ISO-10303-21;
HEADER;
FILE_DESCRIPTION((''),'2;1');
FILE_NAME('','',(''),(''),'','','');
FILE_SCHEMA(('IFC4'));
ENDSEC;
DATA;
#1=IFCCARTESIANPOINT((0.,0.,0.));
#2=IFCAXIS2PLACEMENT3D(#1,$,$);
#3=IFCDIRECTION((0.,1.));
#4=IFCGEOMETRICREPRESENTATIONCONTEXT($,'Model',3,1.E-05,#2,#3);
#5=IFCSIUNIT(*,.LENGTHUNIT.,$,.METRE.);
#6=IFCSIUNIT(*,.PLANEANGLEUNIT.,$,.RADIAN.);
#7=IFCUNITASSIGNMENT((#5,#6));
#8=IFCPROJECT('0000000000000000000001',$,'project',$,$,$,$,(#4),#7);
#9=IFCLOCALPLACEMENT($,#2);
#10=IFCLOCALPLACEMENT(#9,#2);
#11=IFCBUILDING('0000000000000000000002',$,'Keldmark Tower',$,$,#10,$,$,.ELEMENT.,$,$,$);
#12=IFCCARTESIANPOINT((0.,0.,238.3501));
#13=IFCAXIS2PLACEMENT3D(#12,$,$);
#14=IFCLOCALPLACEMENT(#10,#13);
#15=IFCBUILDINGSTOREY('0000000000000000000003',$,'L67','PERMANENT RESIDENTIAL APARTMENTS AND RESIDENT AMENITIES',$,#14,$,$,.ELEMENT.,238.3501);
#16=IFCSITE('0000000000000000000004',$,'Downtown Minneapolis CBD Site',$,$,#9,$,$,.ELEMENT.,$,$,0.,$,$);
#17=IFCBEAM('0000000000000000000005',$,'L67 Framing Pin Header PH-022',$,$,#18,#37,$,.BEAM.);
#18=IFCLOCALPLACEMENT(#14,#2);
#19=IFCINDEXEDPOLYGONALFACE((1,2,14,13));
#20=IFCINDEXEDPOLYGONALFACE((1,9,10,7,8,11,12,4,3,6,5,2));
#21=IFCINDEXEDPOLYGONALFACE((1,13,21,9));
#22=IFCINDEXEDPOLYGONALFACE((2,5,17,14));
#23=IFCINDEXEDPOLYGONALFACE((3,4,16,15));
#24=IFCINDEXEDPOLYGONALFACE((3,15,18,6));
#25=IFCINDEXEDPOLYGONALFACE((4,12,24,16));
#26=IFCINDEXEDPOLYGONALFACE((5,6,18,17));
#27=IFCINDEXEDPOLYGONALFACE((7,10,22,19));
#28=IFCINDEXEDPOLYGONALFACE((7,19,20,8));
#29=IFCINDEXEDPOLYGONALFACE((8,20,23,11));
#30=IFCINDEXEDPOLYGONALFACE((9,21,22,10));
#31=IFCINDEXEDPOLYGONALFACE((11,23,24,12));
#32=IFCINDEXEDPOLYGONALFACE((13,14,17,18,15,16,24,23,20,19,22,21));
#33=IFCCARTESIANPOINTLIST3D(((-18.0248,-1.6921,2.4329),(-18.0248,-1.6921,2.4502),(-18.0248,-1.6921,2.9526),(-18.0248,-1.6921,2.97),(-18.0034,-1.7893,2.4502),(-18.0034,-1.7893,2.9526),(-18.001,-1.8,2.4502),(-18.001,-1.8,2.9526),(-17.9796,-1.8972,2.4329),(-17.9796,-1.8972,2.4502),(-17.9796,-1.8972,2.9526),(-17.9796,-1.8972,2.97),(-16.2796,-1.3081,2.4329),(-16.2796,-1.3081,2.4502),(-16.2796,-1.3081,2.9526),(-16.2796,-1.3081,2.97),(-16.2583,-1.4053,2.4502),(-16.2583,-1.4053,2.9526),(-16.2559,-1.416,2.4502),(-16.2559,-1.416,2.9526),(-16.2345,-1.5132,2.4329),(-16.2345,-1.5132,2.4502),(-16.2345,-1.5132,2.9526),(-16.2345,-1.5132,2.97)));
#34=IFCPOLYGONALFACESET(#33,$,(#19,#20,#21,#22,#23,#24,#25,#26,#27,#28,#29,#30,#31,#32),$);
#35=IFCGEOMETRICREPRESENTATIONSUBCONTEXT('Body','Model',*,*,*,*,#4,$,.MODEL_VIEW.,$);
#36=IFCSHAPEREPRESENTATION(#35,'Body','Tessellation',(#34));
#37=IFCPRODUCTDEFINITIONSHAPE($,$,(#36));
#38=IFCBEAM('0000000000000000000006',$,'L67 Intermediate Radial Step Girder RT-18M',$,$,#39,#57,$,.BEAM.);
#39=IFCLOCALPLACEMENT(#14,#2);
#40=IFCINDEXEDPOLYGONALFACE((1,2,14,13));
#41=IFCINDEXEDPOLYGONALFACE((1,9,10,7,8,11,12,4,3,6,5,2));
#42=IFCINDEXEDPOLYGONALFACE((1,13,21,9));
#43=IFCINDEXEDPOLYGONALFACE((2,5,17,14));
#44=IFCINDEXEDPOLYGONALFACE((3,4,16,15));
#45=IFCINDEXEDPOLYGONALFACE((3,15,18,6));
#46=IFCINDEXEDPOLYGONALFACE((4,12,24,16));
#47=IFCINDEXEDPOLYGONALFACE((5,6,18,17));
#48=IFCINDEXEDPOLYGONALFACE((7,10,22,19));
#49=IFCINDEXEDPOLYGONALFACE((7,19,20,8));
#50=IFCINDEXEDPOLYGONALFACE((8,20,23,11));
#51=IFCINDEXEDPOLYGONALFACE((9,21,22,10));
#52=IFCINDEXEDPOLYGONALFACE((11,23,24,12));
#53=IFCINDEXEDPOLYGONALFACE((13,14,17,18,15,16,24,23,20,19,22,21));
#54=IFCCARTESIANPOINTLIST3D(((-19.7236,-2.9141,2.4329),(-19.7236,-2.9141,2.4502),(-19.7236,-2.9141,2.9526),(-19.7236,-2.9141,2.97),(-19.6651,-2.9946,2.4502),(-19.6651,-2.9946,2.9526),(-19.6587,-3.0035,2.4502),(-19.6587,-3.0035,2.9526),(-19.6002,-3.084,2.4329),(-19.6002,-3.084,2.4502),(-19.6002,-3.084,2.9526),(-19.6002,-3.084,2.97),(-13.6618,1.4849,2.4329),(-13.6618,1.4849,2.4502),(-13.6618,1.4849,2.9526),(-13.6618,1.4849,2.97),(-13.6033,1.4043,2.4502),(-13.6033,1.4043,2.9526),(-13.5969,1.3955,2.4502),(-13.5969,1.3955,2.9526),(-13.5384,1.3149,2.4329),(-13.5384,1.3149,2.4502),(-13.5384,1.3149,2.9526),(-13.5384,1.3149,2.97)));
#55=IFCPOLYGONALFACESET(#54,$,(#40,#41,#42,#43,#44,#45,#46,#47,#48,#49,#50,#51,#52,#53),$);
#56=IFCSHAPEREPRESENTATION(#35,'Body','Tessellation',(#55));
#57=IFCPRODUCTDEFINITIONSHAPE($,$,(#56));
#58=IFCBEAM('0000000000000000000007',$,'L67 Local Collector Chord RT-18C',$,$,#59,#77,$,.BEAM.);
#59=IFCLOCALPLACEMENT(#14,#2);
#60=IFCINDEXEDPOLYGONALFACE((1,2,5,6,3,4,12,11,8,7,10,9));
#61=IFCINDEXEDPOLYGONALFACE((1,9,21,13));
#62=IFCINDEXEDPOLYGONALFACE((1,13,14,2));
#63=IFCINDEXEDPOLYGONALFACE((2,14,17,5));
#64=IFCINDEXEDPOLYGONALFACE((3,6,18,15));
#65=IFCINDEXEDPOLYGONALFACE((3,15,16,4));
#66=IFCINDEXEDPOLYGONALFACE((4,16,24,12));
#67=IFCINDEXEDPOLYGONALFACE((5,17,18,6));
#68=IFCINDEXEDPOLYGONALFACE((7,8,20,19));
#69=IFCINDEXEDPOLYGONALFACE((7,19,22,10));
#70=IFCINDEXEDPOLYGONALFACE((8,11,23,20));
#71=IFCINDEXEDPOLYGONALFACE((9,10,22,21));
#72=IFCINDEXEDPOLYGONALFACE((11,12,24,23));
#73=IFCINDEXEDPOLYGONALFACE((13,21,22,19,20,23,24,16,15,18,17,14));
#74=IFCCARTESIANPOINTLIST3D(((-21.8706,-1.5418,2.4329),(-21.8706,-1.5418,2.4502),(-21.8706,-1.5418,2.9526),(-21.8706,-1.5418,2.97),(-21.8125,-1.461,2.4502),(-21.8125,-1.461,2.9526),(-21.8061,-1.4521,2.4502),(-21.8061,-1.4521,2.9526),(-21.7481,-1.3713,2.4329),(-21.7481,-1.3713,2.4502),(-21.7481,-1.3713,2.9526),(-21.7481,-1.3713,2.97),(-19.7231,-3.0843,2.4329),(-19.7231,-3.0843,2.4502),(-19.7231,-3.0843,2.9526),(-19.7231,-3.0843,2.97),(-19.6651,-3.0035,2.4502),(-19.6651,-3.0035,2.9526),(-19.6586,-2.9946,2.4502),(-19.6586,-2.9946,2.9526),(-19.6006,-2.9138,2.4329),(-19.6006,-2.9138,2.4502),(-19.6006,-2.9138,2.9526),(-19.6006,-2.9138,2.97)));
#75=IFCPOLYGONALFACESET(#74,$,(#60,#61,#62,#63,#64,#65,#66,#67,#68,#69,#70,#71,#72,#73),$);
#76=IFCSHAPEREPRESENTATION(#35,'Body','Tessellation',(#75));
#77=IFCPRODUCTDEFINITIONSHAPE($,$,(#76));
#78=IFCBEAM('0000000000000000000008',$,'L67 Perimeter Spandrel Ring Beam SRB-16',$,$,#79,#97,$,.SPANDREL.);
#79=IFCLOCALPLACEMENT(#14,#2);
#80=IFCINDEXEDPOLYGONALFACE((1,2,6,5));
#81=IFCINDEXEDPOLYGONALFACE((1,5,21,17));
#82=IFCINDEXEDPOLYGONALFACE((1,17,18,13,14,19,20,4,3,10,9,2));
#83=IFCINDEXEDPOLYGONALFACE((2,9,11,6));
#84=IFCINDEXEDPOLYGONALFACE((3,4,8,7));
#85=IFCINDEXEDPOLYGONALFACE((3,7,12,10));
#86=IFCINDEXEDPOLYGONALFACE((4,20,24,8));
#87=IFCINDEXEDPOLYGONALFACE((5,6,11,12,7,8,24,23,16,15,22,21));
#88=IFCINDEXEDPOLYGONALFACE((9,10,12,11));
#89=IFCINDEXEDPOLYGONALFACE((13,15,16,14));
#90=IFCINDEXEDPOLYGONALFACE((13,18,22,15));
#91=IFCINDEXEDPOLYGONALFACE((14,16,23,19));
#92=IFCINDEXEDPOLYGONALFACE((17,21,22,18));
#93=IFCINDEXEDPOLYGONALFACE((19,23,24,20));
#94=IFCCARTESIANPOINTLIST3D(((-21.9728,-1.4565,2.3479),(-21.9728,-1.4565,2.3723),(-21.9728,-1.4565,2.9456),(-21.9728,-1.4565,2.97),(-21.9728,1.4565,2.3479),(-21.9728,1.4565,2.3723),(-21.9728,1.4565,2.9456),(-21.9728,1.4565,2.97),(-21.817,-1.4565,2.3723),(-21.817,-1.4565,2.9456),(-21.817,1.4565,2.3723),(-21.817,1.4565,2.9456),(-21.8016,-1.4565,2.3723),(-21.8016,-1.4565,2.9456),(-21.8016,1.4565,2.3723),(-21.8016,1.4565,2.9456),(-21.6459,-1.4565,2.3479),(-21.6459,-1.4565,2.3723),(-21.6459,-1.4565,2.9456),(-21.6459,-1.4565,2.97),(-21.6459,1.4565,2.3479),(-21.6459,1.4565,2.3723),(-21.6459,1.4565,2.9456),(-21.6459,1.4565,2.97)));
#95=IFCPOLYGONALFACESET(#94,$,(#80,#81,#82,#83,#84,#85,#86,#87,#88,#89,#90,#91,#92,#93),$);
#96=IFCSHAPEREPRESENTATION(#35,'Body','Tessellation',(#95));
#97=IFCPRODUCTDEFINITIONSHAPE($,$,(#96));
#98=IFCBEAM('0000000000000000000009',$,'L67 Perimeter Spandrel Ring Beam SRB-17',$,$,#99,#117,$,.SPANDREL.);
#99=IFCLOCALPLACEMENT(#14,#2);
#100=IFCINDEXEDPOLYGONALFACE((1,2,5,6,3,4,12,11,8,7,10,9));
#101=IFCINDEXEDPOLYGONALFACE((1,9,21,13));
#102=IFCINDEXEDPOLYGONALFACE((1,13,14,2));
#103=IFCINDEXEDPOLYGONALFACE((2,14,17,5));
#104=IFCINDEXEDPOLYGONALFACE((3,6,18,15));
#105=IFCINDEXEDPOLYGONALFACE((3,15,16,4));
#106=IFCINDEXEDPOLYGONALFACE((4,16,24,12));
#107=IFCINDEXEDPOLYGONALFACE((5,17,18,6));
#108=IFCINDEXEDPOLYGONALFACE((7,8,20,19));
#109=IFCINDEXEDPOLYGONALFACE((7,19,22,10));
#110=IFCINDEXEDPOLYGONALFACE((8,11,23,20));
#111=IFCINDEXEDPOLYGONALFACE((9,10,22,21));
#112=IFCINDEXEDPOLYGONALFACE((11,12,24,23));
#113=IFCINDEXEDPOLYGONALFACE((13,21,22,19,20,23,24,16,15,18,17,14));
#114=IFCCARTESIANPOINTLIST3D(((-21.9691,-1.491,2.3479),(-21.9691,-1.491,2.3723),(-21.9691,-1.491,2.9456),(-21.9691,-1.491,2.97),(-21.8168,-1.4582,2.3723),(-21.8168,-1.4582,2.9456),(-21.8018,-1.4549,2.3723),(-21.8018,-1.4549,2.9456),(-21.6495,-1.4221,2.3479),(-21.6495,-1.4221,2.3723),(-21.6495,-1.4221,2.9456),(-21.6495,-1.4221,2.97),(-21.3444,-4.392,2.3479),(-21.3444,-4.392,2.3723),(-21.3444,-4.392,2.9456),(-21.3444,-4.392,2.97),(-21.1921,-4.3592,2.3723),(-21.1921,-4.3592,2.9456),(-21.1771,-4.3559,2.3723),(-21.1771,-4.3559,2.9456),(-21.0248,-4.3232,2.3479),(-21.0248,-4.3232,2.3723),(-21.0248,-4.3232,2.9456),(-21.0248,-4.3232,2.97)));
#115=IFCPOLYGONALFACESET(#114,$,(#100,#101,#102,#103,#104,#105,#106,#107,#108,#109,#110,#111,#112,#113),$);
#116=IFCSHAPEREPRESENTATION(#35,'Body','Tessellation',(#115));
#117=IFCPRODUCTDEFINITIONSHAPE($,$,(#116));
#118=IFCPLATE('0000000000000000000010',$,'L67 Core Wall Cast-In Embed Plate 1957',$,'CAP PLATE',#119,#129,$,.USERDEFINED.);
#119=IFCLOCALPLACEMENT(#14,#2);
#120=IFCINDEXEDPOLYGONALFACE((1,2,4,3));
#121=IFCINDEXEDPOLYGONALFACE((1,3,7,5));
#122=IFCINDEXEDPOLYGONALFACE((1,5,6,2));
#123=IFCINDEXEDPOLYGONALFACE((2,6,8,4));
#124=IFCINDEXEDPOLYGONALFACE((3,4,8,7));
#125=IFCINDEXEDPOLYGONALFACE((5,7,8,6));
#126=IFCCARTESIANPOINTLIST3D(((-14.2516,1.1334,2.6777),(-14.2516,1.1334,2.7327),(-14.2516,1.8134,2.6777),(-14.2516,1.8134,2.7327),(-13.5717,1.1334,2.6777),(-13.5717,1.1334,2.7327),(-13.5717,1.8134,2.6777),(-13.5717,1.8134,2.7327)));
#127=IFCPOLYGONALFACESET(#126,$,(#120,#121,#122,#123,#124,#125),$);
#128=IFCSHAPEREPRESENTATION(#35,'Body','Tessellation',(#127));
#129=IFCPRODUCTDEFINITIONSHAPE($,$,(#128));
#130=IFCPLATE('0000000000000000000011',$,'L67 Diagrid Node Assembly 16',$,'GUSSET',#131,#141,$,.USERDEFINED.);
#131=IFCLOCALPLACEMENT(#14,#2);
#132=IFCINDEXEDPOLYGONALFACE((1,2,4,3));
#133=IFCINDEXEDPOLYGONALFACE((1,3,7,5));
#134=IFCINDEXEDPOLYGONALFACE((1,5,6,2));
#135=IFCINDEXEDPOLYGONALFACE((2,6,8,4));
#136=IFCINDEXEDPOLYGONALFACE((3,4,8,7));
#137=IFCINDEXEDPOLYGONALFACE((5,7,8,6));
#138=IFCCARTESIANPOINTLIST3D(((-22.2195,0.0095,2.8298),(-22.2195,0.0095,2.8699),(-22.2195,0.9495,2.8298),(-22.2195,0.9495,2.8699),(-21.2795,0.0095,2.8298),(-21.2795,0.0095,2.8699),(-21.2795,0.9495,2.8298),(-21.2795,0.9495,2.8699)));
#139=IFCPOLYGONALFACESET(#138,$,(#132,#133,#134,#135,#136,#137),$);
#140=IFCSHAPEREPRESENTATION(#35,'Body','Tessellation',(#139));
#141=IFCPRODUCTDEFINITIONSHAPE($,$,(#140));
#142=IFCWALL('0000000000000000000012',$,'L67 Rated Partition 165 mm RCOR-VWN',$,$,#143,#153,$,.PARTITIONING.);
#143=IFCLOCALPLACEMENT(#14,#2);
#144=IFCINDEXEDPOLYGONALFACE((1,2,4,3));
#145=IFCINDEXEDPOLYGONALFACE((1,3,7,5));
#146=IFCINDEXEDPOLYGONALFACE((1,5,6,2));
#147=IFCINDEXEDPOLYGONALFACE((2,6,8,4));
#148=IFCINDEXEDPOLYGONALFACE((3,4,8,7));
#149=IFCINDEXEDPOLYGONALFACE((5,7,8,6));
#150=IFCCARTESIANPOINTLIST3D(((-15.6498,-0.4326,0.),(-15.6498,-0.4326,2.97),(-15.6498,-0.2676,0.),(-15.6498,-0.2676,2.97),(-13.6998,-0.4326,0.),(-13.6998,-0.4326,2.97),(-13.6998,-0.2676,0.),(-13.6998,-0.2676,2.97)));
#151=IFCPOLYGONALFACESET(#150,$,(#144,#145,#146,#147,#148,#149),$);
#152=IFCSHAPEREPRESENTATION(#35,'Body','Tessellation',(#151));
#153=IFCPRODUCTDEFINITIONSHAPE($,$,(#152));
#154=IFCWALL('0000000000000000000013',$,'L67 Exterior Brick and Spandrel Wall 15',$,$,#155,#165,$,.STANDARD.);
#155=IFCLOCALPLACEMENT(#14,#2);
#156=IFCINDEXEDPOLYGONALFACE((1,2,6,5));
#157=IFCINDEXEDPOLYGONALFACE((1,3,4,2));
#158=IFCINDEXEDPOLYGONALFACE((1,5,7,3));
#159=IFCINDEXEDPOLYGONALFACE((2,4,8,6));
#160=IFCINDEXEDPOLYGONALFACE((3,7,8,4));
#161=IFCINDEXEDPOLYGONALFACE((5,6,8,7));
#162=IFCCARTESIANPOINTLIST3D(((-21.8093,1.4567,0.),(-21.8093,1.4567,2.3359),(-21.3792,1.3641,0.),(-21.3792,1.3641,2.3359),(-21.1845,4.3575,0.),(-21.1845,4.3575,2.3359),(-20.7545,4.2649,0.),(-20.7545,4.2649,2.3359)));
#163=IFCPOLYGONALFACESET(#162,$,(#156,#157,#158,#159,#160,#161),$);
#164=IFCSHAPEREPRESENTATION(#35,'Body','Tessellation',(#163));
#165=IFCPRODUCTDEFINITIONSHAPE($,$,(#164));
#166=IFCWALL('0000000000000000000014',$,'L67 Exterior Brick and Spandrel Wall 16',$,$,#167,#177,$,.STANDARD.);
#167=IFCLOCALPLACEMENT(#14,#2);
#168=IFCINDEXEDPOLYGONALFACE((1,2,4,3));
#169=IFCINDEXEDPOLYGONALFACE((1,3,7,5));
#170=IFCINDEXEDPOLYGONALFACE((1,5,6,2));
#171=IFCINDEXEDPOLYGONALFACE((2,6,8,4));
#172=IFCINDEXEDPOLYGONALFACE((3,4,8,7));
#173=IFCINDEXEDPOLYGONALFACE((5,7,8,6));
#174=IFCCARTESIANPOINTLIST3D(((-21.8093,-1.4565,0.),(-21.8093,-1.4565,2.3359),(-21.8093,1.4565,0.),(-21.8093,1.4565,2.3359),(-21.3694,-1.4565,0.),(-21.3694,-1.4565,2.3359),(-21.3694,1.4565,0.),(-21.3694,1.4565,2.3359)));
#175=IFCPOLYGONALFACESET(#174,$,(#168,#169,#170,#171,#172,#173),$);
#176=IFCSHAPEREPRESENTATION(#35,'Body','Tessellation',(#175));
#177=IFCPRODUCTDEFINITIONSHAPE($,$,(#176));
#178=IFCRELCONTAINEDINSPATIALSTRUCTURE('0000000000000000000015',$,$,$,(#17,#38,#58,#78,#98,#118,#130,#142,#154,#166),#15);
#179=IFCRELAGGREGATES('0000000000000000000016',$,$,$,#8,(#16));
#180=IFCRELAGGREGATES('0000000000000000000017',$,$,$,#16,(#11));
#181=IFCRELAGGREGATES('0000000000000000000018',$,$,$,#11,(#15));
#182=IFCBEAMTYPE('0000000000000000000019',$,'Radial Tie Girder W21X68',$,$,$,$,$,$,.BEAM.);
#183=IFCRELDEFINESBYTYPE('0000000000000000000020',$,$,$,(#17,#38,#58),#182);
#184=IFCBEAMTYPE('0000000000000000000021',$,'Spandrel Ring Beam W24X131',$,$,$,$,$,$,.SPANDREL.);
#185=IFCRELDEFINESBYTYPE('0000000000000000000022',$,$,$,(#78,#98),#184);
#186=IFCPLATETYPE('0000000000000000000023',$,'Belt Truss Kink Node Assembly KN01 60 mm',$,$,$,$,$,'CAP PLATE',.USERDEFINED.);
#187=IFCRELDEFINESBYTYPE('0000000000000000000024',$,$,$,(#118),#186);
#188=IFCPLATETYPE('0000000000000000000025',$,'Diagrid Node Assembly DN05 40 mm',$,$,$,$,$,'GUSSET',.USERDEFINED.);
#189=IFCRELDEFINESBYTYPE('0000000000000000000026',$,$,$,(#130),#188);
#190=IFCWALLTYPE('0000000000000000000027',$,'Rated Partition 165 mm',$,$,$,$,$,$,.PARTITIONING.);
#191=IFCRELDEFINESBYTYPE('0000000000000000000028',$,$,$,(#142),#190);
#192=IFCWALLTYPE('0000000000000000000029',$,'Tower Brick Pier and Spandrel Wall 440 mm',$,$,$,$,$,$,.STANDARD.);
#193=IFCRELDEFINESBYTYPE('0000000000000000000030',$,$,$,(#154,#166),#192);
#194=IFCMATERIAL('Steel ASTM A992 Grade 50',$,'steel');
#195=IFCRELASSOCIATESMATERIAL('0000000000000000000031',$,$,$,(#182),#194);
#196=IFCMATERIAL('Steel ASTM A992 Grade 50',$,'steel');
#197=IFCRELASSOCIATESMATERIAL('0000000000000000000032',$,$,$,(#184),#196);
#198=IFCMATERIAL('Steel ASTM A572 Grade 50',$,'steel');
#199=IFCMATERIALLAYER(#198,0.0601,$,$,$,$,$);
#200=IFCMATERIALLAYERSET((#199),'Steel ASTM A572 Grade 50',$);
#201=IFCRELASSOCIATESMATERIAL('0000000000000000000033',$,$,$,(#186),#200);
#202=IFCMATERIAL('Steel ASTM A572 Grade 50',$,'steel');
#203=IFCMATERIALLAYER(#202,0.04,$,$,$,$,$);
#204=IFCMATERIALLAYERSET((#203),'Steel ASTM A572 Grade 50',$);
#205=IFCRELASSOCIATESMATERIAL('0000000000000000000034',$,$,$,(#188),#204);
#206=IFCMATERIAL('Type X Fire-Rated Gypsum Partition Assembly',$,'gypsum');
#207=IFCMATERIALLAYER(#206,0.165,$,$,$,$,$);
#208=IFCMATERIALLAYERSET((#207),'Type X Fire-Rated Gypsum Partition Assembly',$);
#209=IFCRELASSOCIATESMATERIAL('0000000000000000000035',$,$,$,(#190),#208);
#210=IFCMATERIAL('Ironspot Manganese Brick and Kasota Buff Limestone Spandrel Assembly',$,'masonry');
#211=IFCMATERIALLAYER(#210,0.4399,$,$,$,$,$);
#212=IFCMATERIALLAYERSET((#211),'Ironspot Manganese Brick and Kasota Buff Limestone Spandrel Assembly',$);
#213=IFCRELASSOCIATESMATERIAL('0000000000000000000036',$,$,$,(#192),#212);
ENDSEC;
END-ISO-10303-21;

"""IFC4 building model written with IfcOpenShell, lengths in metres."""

from ifc_helpers import new_model, si_unit, direction, frame, frame_2d, origin, origin_2d, place, context, subcontext, project, spatial, rectangle, i_section, extrude, material, layer, layer_set, material_profile, profile_set, type_object, element, save


model = new_model("IFC4")

# Units and contexts
model_context = context("Model", 3, precision=1e-05, world=origin(), true_north=direction((0.0, 1.0)))
body_context = subcontext(model_context, "Body", "Model", "MODEL_VIEW")
ifc_project = project(units=[si_unit("LENGTHUNIT", "METRE"), si_unit("PLANEANGLEUNIT", "RADIAN")], contexts=[model_context])

# Site, building, storey
site_placement = place(None, origin())
site = spatial("IfcSite", under=ifc_project, at=site_placement, Name="Downtown Minneapolis CBD Site", CompositionType="ELEMENT", RefElevation=0.0)
building_placement = place(site_placement, origin())
building = spatial("IfcBuilding", under=site, at=building_placement, Name="Keldmark Tower", CompositionType="ELEMENT")
storey_placement = place(building_placement, frame((0.0, 0.0, 238.3501)))
storey = spatial("IfcBuildingStorey", under=building, at=storey_placement, Name="L67", Description="PERMANENT RESIDENTIAL APARTMENTS AND RESIDENT AMENITIES", CompositionType="ELEMENT", Elevation=238.3501)

# Beams
ifc_material_1 = material(Name="Steel ASTM A992 Grade 50", Category="steel")
ifc_material_profile_1 = material_profile(ifc_material_1, i_section(OverallWidth=0.21, OverallDepth=0.5371, WebThickness=0.011, FlangeThickness=0.0173, at=origin_2d()), Name="W21X68")
ifc_profile_set_1 = profile_set([ifc_material_profile_1], Name="Steel ASTM A992 Grade 50")
beam_type_1 = type_object("IfcBeamType", Name="Radial Tie Girder W21X68", PredefinedType="BEAM", material=ifc_profile_set_1)
beam_1_placement = place(storey_placement, frame((-16.2571, -1.4106, 2.7014), z_axis=(-0.976632, -0.214919, 0.0), x_axis=(0.214919, -0.976632, 0.0)))
element("IfcBeam", 1, at=beam_1_placement, inside=storey, type_object=beam_type_1, Name="L67 Framing Pin Header PH-022", PredefinedType="BEAM", context=body_context, shape_type="SweptSolid", body=[
    extrude(i_section(OverallWidth=0.21, OverallDepth=0.5371, WebThickness=0.011, FlangeThickness=0.0173, at=origin_2d()), origin(), (0.0, 0.0, 1.0), 1.7869),
])
beam_2_placement = place(storey_placement, frame((-13.6001, 1.3999, 2.7014), z_axis=(-0.809347, -0.58733, 0.0), x_axis=(0.58733, -0.809347, 0.0)))
element("IfcBeam", 2, at=beam_2_placement, inside=storey, type_object=beam_type_1, Name="L67 Intermediate Radial Step Girder RT-18M", PredefinedType="BEAM", context=body_context, shape_type="SweptSolid", body=[
    extrude(i_section(OverallWidth=0.21, OverallDepth=0.5371, WebThickness=0.011, FlangeThickness=0.0173, at=origin_2d()), origin(), (0.0, 0.0, 1.0), 7.4897),
])
beam_3_placement = place(storey_placement, frame((-21.8093, -1.4565, 2.7014), z_axis=(0.812196, -0.583385, 0.0), x_axis=(0.583385, 0.812196, 0.0)))
element("IfcBeam", 3, at=beam_3_placement, inside=storey, type_object=beam_type_1, Name="L67 Local Collector Chord RT-18C", PredefinedType="BEAM", context=body_context, shape_type="SweptSolid", body=[
    extrude(i_section(OverallWidth=0.21, OverallDepth=0.5371, WebThickness=0.011, FlangeThickness=0.0173, at=origin_2d()), origin(), (0.0, 0.0, 1.0), 2.644),
])
ifc_material_2 = material(Name="Steel ASTM A992 Grade 50", Category="steel")
ifc_material_profile_2 = material_profile(ifc_material_2, i_section(OverallWidth=0.3269, OverallDepth=0.6221, WebThickness=0.0154, FlangeThickness=0.0244, at=origin_2d()), Name="W24X131")
ifc_profile_set_2 = profile_set([ifc_material_profile_2], Name="Steel ASTM A992 Grade 50")
beam_type_2 = type_object("IfcBeamType", Name="Spandrel Ring Beam W24X131", PredefinedType="SPANDREL", material=ifc_profile_set_2)
beam_4_placement = place(storey_placement, frame((-21.8093, 1.4565, 2.6589), z_axis=(0.0, -1.0, 0.0), x_axis=(1.0, 0.0, 0.0)))
element("IfcBeam", 4, at=beam_4_placement, inside=storey, type_object=beam_type_2, Name="L67 Perimeter Spandrel Ring Beam SRB-16", PredefinedType="SPANDREL", context=body_context, shape_type="SweptSolid", body=[
    extrude(i_section(OverallWidth=0.3269, OverallDepth=0.6221, WebThickness=0.0154, FlangeThickness=0.0244, at=origin_2d()), origin(), (0.0, 0.0, 1.0), 2.9131),
])
beam_5_placement = place(storey_placement, frame((-21.8093, -1.4565, 2.6589), z_axis=(0.210523, -0.977589, 0.0), x_axis=(0.977589, 0.210523, 0.0)))
element("IfcBeam", 5, at=beam_5_placement, inside=storey, type_object=beam_type_2, Name="L67 Perimeter Spandrel Ring Beam SRB-17", PredefinedType="SPANDREL", context=body_context, shape_type="SweptSolid", body=[
    extrude(i_section(OverallWidth=0.3269, OverallDepth=0.6221, WebThickness=0.0154, FlangeThickness=0.0244, at=origin_2d()), origin(), (0.0, 0.0, 1.0), 2.9675),
])

# Plates
ifc_material_3 = material(Name="Steel ASTM A572 Grade 50", Category="steel")
ifc_layer_1 = layer(ifc_material_3, 0.0601)
ifc_layer_set_1 = layer_set([ifc_layer_1], Name="Steel ASTM A572 Grade 50")
plate_type_1 = type_object("IfcPlateType", Name="Belt Truss Kink Node Assembly KN01 60 mm", ElementType="CAP PLATE", PredefinedType="USERDEFINED", material=ifc_layer_set_1)
plate_1_placement = place(storey_placement, frame((-13.9116, 1.4734, 2.6777), z_axis=(0.0, 0.0, 1.0), x_axis=(1.0, 0.0, 0.0)))
element("IfcPlate", 6, at=plate_1_placement, inside=storey, type_object=plate_type_1, Name="L67 Core Wall Cast-In Embed Plate 1957", ObjectType="CAP PLATE", PredefinedType="USERDEFINED", context=body_context, shape_type="SweptSolid", body=[
    extrude(rectangle(XDim=0.6799, YDim=0.6799, at=origin_2d()), origin(), (0.0, 0.0, 1.0), 0.0549),
])
ifc_material_4 = material(Name="Steel ASTM A572 Grade 50", Category="steel")
ifc_layer_2 = layer(ifc_material_4, 0.04)
ifc_layer_set_2 = layer_set([ifc_layer_2], Name="Steel ASTM A572 Grade 50")
plate_type_2 = type_object("IfcPlateType", Name="Diagrid Node Assembly DN05 40 mm", ElementType="GUSSET", PredefinedType="USERDEFINED", material=ifc_layer_set_2)
plate_2_placement = place(storey_placement, frame((-21.7495, 0.4795, 2.8298), z_axis=(0.0, 0.0, 1.0), x_axis=(0.0, -1.0, 0.0)))
element("IfcPlate", 7, at=plate_2_placement, inside=storey, type_object=plate_type_2, Name="L67 Diagrid Node Assembly 16", ObjectType="GUSSET", PredefinedType="USERDEFINED", context=body_context, shape_type="SweptSolid", body=[
    extrude(rectangle(XDim=0.9399, YDim=0.9399, at=origin_2d()), origin(), (0.0, 0.0, 1.0), 0.04),
])

# Walls
ifc_material_5 = material(Name="Type X Fire-Rated Gypsum Partition Assembly", Category="gypsum")
ifc_layer_3 = layer(ifc_material_5, 0.165)
ifc_layer_set_3 = layer_set([ifc_layer_3], Name="Type X Fire-Rated Gypsum Partition Assembly")
wall_type_1 = type_object("IfcWallType", Name="Rated Partition 165 mm", PredefinedType="PARTITIONING", material=ifc_layer_set_3)
wall_1_placement = place(storey_placement, frame((-15.6499, -0.3501, 0.0), z_axis=(0.0, 0.0, 1.0), x_axis=(1.0, 0.0, 0.0)))
element("IfcWall", 8, at=wall_1_placement, inside=storey, type_object=wall_type_1, Name="L67 Rated Partition 165 mm RCOR-VWN", PredefinedType="PARTITIONING", context=body_context, shape_type="SweptSolid", body=[
    extrude(rectangle(XDim=1.95, YDim=0.165, at=frame_2d((0.9751, 0.0))), origin(), (0.0, 0.0, 1.0), 2.97),
])
ifc_material_6 = material(Name="Ironspot Manganese Brick and Kasota Buff Limestone Spandrel Assembly", Category="masonry")
ifc_layer_4 = layer(ifc_material_6, 0.4399)
ifc_layer_set_4 = layer_set([ifc_layer_4], Name="Ironspot Manganese Brick and Kasota Buff Limestone Spandrel Assembly")
wall_type_2 = type_object("IfcWallType", Name="Tower Brick Pier and Spandrel Wall 440 mm", PredefinedType="STANDARD", material=ifc_layer_set_4)
wall_2_placement = place(storey_placement, frame((-21.5942, 1.4104, 0.0), z_axis=(0.0, 0.0, 1.0), x_axis=(0.21054, 0.977585, 0.0)))
element("IfcWall", 9, at=wall_2_placement, inside=storey, type_object=wall_type_2, Name="L67 Exterior Brick and Spandrel Wall 15", PredefinedType="STANDARD", context=body_context, shape_type="SweptSolid", body=[
    extrude(rectangle(XDim=2.9673, YDim=0.4399, at=frame_2d((1.4836, 0.0))), origin(), (0.0, 0.0, 1.0), 2.3359),
])
wall_3_placement = place(storey_placement, frame((-21.5894, -1.4565, 0.0), z_axis=(0.0, 0.0, 1.0), x_axis=(0.0, 1.0, 0.0)))
element("IfcWall", 10, at=wall_3_placement, inside=storey, type_object=wall_type_2, Name="L67 Exterior Brick and Spandrel Wall 16", PredefinedType="STANDARD", context=body_context, shape_type="SweptSolid", body=[
    extrude(rectangle(XDim=2.9131, YDim=0.4399, at=frame_2d((1.4565, 0.0))), origin(), (0.0, 0.0, 1.0), 2.3359),
])

save(model, "model.ifc")
